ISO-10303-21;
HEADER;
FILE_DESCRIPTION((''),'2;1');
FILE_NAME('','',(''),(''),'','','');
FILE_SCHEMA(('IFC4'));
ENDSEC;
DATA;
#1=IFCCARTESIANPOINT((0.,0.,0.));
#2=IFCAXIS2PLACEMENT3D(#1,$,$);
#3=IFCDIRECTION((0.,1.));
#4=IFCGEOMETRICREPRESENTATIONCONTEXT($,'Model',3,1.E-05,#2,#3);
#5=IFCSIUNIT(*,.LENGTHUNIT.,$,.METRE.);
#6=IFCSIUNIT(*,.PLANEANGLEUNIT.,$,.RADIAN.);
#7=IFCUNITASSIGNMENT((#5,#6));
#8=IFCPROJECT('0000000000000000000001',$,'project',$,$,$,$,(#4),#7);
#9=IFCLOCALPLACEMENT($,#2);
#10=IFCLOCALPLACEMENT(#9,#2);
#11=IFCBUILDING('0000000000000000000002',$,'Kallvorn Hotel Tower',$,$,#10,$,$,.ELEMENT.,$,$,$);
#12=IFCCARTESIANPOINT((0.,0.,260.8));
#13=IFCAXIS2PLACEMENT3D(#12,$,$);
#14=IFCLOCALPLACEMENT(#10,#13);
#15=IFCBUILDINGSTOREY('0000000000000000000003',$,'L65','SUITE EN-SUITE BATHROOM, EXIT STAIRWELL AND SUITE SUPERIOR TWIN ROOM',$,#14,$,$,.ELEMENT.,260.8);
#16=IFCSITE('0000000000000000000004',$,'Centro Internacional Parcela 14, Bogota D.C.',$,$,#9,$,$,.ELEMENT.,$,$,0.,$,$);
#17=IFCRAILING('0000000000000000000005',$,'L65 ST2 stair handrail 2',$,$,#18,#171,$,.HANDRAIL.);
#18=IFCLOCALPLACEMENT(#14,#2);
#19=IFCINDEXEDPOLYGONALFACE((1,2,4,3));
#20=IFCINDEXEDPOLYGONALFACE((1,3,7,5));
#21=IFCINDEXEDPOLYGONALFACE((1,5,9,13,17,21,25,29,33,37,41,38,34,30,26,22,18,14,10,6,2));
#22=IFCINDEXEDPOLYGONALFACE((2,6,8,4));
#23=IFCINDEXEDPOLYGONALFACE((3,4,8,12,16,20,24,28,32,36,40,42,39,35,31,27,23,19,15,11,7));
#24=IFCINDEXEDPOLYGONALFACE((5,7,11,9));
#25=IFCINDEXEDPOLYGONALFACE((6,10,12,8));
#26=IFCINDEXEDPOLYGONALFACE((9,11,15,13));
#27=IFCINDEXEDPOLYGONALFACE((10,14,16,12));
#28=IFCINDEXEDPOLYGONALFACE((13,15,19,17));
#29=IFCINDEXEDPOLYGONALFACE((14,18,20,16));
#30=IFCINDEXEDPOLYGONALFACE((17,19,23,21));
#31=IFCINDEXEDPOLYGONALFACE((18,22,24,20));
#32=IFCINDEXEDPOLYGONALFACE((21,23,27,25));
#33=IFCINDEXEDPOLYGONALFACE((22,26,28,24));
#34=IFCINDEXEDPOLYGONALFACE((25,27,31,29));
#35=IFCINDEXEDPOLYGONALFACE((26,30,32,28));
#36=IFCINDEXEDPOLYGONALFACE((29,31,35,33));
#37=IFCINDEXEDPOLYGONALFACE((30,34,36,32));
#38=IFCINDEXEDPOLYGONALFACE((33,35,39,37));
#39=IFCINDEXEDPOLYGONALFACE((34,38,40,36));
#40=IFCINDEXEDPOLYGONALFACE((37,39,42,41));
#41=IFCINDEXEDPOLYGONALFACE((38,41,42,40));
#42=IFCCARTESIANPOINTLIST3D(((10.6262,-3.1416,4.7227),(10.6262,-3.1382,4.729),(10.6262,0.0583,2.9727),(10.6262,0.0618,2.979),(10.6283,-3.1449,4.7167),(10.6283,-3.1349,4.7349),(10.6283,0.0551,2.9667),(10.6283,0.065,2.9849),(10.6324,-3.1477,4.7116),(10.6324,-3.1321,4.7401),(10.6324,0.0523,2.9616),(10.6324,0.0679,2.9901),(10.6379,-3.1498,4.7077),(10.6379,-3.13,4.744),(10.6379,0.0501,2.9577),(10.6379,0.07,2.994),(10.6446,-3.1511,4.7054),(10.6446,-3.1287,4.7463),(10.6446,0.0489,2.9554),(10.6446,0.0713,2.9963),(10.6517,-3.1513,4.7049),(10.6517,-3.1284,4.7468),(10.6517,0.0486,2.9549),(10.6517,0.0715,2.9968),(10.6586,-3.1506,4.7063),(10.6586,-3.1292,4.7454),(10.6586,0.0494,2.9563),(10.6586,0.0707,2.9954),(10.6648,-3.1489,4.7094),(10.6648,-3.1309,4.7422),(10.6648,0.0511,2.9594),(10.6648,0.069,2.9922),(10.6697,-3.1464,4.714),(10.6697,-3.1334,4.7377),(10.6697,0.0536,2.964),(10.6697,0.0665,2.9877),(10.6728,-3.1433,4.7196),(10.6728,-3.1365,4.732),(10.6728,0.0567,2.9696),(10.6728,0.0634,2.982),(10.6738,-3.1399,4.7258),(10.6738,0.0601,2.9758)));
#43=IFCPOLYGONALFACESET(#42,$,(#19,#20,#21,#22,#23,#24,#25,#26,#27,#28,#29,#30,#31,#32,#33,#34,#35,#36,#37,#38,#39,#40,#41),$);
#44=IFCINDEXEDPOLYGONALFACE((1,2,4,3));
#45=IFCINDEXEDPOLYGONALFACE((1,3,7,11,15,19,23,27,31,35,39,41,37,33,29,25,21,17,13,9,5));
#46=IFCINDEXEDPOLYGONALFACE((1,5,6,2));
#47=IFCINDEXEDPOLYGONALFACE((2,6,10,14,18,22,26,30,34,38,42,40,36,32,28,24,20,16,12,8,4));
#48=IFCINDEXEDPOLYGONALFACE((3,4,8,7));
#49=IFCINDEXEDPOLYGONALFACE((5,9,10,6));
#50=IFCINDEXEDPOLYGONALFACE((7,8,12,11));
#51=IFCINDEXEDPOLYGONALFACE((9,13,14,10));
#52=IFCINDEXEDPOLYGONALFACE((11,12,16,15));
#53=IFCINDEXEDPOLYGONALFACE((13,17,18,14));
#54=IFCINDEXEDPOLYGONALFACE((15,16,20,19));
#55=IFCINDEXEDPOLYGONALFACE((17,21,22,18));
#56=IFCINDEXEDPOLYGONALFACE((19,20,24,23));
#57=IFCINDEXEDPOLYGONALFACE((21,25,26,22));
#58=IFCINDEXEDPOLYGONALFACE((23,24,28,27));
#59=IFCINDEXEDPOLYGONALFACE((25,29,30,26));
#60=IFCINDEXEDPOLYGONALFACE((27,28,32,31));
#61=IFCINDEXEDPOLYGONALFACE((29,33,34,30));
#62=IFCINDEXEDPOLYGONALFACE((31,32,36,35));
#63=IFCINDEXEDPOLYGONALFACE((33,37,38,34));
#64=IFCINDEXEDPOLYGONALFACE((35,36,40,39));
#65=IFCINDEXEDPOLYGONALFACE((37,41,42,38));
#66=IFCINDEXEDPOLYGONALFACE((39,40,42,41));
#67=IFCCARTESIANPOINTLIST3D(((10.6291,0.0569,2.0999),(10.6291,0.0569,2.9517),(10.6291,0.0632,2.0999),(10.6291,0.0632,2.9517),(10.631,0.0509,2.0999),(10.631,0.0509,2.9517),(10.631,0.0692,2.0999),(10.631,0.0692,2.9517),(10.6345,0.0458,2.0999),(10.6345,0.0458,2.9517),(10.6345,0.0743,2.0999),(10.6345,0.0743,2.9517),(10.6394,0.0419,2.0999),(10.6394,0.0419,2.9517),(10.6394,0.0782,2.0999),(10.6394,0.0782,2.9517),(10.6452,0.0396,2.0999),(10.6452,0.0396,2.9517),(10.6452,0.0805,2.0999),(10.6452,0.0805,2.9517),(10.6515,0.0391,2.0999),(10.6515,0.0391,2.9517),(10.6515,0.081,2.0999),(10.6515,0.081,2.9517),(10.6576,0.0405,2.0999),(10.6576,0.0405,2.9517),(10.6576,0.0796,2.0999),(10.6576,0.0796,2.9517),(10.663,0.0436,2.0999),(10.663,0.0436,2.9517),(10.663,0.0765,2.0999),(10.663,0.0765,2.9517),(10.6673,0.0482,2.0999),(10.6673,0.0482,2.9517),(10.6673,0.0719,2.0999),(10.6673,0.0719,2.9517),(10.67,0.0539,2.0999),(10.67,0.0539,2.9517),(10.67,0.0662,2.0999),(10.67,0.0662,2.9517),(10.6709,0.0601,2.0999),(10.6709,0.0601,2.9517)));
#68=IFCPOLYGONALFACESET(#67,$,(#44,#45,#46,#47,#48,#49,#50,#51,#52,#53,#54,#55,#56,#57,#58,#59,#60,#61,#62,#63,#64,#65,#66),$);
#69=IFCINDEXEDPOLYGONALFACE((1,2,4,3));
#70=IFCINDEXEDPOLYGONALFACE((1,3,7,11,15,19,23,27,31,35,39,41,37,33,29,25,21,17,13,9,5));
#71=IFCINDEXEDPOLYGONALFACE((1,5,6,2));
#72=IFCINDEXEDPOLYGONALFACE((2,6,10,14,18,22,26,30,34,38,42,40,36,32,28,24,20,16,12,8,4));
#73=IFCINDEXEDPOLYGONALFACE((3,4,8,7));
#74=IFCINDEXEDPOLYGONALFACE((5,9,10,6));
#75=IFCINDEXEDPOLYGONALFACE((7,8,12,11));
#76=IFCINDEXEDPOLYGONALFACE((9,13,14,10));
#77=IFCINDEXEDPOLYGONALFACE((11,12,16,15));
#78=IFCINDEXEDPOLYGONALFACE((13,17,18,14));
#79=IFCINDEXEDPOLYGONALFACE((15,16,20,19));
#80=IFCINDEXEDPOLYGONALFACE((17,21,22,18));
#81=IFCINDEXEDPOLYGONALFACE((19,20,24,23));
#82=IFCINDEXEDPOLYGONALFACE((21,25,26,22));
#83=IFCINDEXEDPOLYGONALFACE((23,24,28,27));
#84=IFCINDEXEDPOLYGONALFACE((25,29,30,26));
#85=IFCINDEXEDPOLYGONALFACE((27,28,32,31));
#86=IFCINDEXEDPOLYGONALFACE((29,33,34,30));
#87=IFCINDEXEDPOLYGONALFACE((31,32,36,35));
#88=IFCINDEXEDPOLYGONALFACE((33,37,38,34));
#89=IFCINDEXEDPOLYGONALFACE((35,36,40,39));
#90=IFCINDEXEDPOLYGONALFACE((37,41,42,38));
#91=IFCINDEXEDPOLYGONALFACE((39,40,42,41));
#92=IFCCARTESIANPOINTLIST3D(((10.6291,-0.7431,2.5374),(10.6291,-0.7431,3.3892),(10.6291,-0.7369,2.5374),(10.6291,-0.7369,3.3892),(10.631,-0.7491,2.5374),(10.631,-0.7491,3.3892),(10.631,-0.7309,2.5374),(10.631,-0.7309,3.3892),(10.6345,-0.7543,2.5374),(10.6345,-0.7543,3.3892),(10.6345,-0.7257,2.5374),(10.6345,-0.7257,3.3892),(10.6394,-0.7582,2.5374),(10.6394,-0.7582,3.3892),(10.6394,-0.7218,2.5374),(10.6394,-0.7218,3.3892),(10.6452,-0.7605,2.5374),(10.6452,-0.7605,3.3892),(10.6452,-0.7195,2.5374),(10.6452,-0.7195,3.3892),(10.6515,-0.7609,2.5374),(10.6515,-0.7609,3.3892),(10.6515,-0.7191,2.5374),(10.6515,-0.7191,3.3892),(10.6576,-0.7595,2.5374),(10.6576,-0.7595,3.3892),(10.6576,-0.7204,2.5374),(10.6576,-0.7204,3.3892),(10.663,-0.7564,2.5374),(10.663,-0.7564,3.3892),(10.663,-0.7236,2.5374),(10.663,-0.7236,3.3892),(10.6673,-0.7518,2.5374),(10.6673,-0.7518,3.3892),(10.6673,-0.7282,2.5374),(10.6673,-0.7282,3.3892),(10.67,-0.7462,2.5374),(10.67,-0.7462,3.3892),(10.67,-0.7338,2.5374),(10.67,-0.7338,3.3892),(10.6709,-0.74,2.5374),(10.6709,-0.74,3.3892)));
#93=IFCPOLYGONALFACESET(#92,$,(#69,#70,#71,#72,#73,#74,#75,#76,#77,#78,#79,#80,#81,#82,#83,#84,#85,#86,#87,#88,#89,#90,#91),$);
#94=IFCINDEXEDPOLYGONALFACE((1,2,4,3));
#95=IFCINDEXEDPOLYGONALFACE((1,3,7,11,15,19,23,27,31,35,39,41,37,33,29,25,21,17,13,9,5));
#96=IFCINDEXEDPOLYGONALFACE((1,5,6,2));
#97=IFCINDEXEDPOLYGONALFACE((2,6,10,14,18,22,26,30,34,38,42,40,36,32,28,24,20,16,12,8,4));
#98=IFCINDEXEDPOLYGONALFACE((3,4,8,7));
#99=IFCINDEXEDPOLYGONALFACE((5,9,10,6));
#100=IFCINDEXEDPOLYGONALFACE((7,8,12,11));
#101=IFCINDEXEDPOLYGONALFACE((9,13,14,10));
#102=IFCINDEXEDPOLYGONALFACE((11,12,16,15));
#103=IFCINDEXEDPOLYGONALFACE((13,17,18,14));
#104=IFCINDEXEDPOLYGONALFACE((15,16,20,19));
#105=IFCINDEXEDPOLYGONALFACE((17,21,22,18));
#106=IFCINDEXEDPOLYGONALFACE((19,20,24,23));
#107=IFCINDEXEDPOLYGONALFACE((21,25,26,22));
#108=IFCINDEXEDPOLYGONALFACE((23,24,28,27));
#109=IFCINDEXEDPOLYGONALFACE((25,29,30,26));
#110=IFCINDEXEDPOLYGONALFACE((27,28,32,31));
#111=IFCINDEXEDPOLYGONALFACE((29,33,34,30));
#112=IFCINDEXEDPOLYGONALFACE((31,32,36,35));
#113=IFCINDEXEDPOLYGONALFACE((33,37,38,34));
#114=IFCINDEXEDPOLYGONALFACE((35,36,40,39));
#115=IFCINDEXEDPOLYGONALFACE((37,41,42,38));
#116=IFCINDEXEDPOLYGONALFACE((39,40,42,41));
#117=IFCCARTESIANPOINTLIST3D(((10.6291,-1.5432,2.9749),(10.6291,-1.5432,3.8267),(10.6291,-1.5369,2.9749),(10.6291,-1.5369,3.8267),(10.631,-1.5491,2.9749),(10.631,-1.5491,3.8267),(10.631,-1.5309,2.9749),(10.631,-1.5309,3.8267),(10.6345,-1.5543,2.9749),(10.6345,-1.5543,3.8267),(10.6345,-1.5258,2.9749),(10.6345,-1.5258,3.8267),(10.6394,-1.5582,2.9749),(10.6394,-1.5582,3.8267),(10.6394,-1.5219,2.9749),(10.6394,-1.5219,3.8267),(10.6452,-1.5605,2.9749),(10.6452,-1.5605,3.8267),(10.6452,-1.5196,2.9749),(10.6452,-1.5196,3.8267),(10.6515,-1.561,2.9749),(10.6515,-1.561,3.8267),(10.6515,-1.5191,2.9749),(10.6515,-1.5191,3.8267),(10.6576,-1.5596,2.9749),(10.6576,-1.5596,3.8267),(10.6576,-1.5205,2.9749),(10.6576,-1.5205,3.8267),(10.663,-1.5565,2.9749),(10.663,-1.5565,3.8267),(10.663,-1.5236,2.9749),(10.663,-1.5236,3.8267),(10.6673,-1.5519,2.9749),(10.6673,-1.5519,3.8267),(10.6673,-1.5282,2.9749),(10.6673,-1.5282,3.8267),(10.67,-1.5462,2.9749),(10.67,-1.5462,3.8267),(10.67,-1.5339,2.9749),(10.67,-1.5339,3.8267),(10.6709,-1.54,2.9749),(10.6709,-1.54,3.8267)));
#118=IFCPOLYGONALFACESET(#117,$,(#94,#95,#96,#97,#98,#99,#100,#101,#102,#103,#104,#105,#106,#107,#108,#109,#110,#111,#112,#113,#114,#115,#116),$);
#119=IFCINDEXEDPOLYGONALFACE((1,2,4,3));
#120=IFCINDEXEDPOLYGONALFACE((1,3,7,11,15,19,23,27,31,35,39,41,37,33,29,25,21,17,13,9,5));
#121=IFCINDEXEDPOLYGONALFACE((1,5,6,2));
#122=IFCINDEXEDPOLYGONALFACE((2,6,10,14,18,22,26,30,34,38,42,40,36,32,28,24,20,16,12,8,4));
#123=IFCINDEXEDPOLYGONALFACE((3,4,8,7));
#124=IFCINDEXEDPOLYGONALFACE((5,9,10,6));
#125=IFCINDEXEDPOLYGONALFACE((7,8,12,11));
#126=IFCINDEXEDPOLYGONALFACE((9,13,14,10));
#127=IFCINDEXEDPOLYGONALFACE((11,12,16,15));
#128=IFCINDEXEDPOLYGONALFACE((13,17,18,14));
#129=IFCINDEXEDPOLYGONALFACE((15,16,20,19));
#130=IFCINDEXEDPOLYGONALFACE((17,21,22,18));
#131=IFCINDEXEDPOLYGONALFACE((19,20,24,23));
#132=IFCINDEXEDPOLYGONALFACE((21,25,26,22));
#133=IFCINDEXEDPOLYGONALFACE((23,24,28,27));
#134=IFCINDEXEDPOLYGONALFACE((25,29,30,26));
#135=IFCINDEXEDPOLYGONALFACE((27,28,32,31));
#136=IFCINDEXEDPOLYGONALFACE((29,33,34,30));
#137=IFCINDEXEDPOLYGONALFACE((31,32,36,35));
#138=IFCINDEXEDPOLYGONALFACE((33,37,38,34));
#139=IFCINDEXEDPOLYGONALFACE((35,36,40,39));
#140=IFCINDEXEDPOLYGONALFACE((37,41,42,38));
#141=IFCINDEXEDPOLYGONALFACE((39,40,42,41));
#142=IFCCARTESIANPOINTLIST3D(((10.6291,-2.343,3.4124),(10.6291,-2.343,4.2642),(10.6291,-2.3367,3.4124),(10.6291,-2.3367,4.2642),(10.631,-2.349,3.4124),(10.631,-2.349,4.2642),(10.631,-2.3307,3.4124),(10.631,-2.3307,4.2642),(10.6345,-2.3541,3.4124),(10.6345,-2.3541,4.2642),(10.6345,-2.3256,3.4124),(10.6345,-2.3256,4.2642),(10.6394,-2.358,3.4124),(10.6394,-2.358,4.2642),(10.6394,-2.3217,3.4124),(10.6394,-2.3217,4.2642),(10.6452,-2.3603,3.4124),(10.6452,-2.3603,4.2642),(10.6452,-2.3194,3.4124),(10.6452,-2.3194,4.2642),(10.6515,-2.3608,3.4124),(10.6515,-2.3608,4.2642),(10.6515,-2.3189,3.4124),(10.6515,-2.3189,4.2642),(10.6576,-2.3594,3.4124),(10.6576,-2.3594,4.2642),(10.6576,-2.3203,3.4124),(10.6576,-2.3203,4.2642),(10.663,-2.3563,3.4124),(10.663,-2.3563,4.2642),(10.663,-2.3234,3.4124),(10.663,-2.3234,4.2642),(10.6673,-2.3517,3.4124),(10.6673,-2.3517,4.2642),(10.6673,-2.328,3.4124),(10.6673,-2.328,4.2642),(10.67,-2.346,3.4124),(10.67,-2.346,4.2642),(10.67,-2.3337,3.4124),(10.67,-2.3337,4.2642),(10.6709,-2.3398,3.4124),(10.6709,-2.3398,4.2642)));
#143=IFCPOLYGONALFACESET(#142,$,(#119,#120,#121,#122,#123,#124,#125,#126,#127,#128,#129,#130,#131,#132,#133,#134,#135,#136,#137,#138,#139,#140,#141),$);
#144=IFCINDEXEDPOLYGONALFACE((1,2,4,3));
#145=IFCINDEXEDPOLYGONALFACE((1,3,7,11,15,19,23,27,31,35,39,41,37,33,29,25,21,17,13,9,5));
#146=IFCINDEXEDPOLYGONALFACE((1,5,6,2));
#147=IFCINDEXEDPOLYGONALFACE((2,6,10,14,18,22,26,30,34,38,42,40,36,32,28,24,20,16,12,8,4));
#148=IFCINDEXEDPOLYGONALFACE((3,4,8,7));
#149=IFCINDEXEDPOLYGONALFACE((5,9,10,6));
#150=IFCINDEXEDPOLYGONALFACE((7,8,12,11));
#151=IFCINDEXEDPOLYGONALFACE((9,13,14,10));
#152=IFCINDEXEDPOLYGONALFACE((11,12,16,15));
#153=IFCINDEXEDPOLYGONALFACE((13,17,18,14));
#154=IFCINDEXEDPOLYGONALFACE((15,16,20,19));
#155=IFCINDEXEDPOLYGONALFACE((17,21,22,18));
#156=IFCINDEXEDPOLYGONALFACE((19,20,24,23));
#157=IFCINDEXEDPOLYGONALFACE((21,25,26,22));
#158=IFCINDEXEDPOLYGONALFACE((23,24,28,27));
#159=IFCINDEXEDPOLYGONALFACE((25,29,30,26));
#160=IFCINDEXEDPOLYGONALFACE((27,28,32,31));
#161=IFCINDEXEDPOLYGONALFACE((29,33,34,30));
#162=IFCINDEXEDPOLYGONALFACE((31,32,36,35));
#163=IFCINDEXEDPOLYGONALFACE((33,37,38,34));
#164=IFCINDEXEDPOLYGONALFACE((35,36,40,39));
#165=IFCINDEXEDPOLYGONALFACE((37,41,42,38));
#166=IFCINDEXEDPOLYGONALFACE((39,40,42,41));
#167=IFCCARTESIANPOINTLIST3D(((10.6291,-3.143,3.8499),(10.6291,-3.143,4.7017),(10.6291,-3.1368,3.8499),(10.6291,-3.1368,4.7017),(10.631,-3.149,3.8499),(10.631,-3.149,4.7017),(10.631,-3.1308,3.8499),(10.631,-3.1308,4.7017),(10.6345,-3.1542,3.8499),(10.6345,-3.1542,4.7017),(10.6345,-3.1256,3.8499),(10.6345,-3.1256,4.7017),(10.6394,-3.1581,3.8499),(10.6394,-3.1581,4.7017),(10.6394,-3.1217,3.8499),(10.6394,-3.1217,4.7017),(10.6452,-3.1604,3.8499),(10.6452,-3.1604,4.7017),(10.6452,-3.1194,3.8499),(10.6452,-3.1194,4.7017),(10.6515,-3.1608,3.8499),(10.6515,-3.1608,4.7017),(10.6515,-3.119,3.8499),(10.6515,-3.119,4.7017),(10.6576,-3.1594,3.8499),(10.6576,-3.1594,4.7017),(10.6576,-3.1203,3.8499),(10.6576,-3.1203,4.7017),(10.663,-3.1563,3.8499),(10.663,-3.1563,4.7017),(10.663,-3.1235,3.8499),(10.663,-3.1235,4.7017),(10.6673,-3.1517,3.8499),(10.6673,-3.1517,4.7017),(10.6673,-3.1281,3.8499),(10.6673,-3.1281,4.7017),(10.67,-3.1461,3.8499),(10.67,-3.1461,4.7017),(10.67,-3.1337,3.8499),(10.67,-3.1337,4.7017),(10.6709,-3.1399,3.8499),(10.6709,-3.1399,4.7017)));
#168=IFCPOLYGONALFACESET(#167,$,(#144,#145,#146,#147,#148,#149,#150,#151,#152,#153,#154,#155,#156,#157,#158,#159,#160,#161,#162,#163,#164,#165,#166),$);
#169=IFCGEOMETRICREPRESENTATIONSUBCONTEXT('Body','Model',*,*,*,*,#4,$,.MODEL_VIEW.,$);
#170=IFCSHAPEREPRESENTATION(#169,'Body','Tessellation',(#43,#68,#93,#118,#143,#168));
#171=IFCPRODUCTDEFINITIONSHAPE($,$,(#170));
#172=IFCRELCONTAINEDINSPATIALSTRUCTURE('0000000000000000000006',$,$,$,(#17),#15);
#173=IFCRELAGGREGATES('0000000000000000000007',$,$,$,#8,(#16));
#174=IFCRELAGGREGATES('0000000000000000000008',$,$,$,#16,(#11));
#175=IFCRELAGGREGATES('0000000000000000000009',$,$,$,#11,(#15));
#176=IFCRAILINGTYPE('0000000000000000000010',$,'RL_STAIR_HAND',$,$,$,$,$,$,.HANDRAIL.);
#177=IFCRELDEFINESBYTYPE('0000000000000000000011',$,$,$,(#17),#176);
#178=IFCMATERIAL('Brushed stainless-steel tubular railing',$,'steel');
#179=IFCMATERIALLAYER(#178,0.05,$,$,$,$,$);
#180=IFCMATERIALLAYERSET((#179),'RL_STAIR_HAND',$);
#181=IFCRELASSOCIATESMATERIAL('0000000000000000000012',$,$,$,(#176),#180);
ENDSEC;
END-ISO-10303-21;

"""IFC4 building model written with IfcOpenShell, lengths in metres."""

from ifc_helpers import new_model, si_unit, direction, frame, origin, origin_2d, place, context, subcontext, project, spatial, circle, extrude, material, layer, layer_set, type_object, element, save


model = new_model("IFC4")

# Units and contexts
model_context = context("Model", 3, precision=1e-05, world=origin(), true_north=direction((0.0, 1.0)))
body_context = subcontext(model_context, "Body", "Model", "MODEL_VIEW")
ifc_project = project(units=[si_unit("LENGTHUNIT", "METRE"), si_unit("PLANEANGLEUNIT", "RADIAN")], contexts=[model_context])

# Site, building, storey
site_placement = place(None, origin())
site = spatial("IfcSite", under=ifc_project, at=site_placement, Name="Centro Internacional Parcela 14, Bogota D.C.", CompositionType="ELEMENT", RefElevation=0.0)
building_placement = place(site_placement, origin())
building = spatial("IfcBuilding", under=site, at=building_placement, Name="Kallvorn Hotel Tower", CompositionType="ELEMENT")
storey_placement = place(building_placement, frame((0.0, 0.0, 260.8)))
storey = spatial("IfcBuildingStorey", under=building, at=storey_placement, Name="L65", Description="SUITE EN-SUITE BATHROOM, EXIT STAIRWELL AND SUITE SUPERIOR TWIN ROOM", CompositionType="ELEMENT", Elevation=260.8)

# Railing
ifc_material_1 = material(Name="Brushed stainless-steel tubular railing", Category="steel")
ifc_layer_1 = layer(ifc_material_1, 0.05)
ifc_layer_set_1 = layer_set([ifc_layer_1], Name="RL_STAIR_HAND")
railing_type_1 = type_object("IfcRailingType", Name="RL_STAIR_HAND", PredefinedType="HANDRAIL", material=ifc_layer_set_1)
railing_1_placement = place(storey_placement, frame((10.6499, 0.0601, 2.0999)))
element("IfcRailing", 1, at=railing_1_placement, inside=storey, type_object=railing_type_1, Name="L65 ST2 stair handrail 2", PredefinedType="HANDRAIL", context=body_context, shape_type="SweptSolid", body=[
    extrude(circle(Radius=0.0239, at=origin_2d()), frame((0.0, 0.0, 0.876), z_axis=(0.0, -0.877368, 0.479818), x_axis=(1.0, 0.0, 0.0)), (0.0, 0.0, 1.0), 3.6472),
    extrude(circle(Radius=0.021, at=origin_2d()), origin(), (0.0, 0.0, 1.0), 0.8518),
    extrude(circle(Radius=0.021, at=origin_2d()), frame((0.0, -0.8, 0.4375)), (0.0, 0.0, 1.0), 0.8518),
    extrude(circle(Radius=0.021, at=origin_2d()), frame((0.0, -1.6001, 0.875)), (0.0, 0.0, 1.0), 0.8518),
    extrude(circle(Radius=0.021, at=origin_2d()), frame((0.0, -2.3999, 1.3125)), (0.0, 0.0, 1.0), 0.8518),
    extrude(circle(Radius=0.021, at=origin_2d()), frame((0.0, -3.2, 1.75)), (0.0, 0.0, 1.0), 0.8518),
])

save(model, "model.ifc")
